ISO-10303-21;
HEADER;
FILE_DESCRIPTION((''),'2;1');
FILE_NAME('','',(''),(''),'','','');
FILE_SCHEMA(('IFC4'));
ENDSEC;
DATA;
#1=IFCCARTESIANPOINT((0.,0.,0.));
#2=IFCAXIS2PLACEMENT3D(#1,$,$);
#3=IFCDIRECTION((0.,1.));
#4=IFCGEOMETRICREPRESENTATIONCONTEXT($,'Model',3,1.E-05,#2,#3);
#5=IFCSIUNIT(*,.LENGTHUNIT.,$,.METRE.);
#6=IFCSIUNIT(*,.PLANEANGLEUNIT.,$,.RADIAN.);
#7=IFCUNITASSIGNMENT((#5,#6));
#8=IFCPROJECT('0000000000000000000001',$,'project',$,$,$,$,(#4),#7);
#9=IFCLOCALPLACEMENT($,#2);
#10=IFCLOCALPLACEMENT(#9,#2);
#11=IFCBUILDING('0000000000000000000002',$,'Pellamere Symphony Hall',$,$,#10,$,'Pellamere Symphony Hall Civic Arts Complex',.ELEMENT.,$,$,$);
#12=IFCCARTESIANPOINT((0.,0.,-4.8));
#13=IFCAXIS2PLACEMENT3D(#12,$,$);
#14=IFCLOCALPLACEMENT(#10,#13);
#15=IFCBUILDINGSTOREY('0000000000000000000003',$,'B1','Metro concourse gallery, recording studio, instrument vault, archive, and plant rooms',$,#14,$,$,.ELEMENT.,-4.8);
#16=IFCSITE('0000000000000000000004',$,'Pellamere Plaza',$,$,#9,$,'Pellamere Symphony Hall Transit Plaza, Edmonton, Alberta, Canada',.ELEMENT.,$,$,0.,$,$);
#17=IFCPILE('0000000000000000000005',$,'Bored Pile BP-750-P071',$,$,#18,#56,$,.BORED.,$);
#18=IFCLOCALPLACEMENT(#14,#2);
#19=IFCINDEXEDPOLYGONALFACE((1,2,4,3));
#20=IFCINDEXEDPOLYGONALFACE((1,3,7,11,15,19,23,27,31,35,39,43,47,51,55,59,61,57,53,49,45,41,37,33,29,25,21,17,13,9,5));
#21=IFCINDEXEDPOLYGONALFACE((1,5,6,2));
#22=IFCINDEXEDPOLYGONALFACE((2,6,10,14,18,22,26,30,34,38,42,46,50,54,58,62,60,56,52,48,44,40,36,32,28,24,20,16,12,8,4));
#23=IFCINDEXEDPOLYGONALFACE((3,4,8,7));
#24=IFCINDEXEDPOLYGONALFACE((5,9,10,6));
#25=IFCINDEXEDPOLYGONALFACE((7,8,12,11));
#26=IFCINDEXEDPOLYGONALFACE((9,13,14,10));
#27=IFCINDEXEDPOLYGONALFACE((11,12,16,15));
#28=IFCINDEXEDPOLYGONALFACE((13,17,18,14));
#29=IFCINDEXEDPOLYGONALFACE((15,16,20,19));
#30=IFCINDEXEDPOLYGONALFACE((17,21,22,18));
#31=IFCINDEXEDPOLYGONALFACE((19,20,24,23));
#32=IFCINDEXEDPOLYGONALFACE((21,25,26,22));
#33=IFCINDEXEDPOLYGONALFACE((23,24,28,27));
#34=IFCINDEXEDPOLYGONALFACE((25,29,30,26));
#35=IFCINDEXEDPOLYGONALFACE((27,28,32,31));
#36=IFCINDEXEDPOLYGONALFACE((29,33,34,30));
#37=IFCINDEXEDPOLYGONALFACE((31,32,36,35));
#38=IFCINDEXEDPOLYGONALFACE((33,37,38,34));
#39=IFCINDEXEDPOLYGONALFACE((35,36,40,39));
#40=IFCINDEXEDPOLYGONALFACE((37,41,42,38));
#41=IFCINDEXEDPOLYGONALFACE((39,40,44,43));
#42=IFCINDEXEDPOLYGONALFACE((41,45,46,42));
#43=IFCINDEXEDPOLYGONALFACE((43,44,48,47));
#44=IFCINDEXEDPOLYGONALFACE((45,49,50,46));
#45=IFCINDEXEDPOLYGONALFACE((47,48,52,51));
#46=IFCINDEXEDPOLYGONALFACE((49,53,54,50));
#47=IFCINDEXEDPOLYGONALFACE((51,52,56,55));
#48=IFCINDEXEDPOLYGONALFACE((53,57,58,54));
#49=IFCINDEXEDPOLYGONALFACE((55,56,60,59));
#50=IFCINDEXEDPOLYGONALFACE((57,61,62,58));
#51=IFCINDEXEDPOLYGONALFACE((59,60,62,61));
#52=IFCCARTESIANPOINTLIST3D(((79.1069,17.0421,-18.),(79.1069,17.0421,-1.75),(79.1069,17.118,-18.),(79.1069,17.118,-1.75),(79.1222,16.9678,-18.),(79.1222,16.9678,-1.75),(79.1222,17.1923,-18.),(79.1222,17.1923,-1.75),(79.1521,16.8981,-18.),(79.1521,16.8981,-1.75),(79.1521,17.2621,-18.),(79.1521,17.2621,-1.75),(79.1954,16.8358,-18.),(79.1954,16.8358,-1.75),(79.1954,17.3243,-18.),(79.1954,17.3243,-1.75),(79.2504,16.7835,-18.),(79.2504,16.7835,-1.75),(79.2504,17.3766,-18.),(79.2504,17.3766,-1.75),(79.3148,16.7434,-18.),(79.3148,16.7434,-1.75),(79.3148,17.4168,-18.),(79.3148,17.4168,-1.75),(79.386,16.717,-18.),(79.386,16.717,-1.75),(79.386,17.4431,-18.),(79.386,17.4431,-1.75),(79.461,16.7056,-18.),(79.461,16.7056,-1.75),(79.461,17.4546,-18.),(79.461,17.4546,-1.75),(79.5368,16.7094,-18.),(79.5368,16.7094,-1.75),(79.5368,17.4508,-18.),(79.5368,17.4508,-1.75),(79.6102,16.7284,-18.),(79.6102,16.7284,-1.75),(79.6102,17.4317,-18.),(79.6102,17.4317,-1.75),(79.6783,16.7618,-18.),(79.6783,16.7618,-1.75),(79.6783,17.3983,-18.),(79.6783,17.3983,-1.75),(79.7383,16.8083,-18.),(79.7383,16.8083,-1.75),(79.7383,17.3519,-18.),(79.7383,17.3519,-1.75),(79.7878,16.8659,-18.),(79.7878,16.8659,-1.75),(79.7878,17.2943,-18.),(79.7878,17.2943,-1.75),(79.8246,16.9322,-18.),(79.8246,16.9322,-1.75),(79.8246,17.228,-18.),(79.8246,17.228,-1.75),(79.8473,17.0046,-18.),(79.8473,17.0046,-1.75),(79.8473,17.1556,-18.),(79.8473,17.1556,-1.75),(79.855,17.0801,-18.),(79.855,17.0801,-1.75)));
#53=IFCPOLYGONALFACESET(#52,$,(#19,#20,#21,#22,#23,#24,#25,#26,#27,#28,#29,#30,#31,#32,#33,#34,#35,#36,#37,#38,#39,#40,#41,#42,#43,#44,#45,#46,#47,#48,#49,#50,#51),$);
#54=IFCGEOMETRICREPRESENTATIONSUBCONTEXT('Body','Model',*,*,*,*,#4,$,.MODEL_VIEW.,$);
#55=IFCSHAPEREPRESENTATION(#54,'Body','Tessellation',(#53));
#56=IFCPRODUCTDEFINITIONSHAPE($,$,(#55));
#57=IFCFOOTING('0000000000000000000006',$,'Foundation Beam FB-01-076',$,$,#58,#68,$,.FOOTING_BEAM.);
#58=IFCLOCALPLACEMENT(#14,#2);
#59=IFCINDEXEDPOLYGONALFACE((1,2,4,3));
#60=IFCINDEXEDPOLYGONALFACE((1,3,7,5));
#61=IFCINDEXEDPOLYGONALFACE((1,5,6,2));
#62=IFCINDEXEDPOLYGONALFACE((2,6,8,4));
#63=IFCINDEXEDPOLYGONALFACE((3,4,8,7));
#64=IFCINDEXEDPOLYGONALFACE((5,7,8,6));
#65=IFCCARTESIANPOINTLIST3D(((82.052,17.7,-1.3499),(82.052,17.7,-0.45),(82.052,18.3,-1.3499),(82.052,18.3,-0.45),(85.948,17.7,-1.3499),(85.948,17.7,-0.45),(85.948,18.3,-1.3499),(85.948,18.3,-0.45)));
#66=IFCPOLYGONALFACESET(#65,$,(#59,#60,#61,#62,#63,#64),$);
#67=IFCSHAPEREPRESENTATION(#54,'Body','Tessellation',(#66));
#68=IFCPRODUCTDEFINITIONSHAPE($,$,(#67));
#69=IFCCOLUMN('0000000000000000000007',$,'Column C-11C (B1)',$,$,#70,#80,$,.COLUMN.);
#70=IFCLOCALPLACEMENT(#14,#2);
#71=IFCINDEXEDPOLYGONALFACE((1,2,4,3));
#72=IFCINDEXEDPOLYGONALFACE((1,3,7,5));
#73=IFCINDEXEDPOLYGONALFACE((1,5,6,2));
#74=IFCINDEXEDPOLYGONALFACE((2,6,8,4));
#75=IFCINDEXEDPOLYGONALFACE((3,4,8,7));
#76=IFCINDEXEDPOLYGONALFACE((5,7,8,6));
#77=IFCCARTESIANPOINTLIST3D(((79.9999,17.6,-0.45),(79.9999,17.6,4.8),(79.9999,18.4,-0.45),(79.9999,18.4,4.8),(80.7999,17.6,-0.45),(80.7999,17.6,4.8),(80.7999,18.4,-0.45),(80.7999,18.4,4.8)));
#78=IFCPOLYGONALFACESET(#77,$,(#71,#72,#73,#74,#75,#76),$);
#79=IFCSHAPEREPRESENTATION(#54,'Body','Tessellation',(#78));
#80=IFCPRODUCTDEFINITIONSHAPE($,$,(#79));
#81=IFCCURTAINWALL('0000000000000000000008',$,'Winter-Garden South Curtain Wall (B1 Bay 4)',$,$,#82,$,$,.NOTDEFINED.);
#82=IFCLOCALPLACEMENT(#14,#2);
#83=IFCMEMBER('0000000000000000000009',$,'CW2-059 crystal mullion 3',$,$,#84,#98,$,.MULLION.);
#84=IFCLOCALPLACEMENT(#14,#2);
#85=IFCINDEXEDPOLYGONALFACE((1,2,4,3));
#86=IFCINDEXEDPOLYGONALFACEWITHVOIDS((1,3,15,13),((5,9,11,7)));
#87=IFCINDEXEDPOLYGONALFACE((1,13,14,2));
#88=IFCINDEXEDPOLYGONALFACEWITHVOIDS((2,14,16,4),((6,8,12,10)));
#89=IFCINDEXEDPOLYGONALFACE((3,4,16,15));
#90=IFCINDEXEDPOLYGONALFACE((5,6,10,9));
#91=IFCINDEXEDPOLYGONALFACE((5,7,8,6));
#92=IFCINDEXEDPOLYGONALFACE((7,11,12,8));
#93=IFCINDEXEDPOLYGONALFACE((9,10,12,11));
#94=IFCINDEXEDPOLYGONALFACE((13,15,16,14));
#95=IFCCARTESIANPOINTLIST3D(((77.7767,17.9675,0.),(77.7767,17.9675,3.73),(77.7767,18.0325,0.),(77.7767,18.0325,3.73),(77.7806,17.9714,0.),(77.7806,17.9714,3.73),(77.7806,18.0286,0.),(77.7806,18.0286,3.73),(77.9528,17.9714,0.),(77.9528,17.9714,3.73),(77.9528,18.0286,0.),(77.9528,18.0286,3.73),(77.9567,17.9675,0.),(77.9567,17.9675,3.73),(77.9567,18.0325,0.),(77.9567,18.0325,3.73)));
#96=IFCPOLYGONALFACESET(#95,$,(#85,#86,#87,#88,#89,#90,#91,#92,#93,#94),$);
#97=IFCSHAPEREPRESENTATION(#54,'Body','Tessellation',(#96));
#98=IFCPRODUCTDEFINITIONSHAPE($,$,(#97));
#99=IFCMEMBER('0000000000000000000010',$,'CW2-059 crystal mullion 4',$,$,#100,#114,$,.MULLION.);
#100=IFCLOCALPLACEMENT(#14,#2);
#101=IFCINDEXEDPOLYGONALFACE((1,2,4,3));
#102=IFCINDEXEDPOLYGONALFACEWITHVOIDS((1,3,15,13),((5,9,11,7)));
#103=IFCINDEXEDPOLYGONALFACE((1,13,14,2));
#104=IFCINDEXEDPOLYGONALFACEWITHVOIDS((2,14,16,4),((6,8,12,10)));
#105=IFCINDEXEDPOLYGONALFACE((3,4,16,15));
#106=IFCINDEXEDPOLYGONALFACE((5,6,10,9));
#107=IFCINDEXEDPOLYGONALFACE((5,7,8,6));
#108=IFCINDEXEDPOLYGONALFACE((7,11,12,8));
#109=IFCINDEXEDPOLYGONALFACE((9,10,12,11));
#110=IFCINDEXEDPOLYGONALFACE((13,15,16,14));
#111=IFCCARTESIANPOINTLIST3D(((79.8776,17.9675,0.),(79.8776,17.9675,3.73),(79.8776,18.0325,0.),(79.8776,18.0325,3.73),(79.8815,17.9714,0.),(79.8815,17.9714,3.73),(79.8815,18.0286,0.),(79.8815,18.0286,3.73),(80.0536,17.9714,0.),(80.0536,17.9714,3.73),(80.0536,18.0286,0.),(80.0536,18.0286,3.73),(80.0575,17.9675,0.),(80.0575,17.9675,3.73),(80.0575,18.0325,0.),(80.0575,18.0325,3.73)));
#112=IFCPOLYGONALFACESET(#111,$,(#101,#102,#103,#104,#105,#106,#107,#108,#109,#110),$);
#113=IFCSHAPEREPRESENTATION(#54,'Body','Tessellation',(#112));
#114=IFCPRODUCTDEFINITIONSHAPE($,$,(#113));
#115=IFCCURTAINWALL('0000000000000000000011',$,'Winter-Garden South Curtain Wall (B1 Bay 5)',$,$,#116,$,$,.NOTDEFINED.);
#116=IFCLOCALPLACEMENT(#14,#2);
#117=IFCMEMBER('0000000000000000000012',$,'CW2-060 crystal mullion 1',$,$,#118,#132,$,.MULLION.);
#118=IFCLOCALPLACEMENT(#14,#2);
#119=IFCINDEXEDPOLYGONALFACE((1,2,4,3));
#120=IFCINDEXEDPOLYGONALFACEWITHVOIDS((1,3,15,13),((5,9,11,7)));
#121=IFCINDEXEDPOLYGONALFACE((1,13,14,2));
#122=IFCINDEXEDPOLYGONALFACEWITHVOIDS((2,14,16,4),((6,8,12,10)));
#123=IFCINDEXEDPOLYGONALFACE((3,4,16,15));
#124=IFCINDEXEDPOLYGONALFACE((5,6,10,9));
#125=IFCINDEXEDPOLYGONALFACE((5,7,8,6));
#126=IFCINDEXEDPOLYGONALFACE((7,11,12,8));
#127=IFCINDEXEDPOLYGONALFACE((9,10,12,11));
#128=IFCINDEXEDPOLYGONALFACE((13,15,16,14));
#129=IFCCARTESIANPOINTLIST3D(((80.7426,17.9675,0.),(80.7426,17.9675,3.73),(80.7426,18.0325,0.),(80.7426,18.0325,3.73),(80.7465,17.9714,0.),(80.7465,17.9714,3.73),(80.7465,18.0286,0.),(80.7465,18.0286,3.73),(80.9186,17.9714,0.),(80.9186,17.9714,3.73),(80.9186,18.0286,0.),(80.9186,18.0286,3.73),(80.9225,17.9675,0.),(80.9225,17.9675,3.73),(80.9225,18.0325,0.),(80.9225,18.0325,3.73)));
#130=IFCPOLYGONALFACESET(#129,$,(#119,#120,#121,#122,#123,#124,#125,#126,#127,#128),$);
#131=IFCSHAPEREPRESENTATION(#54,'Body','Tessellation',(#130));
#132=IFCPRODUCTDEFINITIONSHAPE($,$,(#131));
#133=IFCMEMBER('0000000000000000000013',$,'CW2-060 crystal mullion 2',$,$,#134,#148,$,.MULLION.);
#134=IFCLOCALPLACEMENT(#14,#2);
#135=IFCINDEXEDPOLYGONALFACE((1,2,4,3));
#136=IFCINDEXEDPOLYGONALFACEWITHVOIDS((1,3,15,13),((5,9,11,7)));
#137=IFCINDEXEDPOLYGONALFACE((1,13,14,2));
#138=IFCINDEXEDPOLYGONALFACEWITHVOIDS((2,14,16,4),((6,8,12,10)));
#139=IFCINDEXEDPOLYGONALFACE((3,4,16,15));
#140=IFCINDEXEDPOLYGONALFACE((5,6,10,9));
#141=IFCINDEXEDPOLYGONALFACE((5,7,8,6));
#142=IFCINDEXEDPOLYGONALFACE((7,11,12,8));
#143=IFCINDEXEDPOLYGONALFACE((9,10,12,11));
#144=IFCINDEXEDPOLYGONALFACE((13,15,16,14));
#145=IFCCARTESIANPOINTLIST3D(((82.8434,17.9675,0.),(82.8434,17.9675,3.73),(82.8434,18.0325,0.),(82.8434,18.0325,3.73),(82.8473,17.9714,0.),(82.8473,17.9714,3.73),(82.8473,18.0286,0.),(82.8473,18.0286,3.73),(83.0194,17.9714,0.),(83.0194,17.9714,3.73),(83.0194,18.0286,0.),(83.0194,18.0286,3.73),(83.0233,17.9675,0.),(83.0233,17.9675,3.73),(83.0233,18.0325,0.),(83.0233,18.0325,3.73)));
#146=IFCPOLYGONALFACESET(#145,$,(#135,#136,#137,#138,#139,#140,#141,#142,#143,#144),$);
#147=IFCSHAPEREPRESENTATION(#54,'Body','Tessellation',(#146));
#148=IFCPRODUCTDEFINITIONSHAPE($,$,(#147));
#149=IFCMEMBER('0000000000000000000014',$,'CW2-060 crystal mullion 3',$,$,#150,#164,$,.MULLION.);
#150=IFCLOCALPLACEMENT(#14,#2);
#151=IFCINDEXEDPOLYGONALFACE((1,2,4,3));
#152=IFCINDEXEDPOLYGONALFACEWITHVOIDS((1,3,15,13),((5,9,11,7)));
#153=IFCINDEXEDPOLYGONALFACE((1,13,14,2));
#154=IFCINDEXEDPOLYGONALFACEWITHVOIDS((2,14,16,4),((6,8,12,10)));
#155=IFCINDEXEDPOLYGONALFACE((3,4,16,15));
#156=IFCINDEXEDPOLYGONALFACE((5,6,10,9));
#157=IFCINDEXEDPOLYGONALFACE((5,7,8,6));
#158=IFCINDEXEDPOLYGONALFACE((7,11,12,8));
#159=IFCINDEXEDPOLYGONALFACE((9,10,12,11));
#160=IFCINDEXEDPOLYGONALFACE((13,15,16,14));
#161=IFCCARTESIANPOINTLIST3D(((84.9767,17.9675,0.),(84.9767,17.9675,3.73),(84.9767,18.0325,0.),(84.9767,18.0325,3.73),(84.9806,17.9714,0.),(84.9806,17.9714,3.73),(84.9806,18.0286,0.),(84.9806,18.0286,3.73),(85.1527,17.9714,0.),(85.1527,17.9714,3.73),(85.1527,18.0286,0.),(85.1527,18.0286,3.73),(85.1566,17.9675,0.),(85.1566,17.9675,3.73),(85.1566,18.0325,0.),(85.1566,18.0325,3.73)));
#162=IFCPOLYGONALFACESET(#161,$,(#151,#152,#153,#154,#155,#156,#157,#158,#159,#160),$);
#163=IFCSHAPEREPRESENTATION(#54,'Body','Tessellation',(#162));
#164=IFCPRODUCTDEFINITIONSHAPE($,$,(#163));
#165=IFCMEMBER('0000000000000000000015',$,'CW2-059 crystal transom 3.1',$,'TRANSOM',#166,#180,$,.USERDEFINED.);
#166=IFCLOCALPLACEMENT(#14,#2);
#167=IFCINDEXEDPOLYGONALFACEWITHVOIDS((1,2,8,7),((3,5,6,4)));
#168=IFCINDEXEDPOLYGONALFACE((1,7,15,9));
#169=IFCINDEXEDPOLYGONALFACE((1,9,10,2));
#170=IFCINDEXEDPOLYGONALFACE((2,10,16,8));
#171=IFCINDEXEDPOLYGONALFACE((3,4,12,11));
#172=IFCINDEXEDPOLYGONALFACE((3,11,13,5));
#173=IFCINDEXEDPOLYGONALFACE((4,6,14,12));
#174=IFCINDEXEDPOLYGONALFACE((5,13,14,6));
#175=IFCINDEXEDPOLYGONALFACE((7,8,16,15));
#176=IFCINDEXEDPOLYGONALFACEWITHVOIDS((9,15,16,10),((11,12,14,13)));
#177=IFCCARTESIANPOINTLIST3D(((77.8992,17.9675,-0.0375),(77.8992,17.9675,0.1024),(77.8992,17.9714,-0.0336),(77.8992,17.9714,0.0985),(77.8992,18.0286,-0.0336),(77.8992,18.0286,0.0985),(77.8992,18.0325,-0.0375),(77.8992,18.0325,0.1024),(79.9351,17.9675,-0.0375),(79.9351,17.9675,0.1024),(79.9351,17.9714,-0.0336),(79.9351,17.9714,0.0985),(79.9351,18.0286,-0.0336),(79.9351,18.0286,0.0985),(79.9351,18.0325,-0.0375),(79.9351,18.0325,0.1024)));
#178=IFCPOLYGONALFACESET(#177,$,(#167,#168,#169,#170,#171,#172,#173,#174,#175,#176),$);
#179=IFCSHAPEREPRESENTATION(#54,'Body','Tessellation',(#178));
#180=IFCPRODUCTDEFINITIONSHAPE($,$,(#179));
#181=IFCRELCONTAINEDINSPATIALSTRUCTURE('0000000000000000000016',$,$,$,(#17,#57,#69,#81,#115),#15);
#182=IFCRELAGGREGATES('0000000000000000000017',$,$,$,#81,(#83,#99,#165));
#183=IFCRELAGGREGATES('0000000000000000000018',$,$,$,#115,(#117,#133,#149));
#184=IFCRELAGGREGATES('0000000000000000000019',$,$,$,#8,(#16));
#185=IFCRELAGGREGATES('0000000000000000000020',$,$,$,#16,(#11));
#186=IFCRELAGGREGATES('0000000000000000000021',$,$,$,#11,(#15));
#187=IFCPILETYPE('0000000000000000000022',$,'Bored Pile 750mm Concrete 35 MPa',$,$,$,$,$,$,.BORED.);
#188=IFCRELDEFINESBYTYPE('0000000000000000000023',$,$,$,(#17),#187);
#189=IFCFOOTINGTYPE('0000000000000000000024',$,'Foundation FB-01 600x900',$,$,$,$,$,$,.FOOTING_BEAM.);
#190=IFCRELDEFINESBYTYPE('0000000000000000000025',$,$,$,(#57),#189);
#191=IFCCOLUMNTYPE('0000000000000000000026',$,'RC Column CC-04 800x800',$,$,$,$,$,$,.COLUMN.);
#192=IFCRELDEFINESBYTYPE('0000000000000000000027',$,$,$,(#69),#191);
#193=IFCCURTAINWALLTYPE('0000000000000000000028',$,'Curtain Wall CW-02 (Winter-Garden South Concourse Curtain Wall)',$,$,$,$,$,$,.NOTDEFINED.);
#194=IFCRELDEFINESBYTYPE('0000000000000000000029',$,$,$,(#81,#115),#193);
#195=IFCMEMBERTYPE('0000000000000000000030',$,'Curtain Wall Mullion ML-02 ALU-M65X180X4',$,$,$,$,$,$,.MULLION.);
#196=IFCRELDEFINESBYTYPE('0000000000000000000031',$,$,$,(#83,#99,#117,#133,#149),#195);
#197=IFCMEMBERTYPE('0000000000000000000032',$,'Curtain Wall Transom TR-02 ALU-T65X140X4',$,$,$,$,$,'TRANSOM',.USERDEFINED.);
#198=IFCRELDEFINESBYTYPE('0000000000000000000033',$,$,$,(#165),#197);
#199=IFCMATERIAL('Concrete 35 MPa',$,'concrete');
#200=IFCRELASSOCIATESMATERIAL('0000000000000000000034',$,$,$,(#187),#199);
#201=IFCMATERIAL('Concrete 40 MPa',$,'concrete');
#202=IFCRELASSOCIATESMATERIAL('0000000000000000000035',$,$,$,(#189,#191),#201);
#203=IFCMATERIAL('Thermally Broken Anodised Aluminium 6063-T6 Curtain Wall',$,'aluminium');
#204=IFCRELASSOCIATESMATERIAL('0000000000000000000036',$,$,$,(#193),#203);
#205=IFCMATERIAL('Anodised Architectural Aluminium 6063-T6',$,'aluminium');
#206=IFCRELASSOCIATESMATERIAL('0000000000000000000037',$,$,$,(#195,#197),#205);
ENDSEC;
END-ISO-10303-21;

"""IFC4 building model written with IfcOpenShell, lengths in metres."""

from ifc_helpers import new_model, si_unit, direction, frame, origin, origin_2d, place, context, subcontext, project, spatial, rectangle, hollow_rectangle, circle, extrude, material, material_profile, profile_set, type_object, element, aggregate, save


model = new_model("IFC4")

# Units and contexts
model_context = context("Model", 3, precision=1e-05, world=origin(), true_north=direction((0.0, 1.0)))
body_context = subcontext(model_context, "Body", "Model", "MODEL_VIEW")
ifc_project = project(units=[si_unit("LENGTHUNIT", "METRE"), si_unit("PLANEANGLEUNIT", "RADIAN")], contexts=[model_context])

# Site, building, storey
site_placement = place(None, origin())
site = spatial("IfcSite", under=ifc_project, at=site_placement, Name="Pellamere Plaza", LongName="Pellamere Symphony Hall Transit Plaza, Edmonton, Alberta, Canada", CompositionType="ELEMENT", RefElevation=0.0)
building_placement = place(site_placement, origin())
building = spatial("IfcBuilding", under=site, at=building_placement, Name="Pellamere Symphony Hall", LongName="Pellamere Symphony Hall Civic Arts Complex", CompositionType="ELEMENT")
storey_placement = place(building_placement, frame((0.0, 0.0, -4.8)))
storey = spatial("IfcBuildingStorey", under=building, at=storey_placement, Name="B1", Description="Metro concourse gallery, recording studio, instrument vault, archive, and plant rooms", CompositionType="ELEMENT", Elevation=-4.8)

# Pile
ifc_material_1 = material(Name="Concrete 35 MPa", Category="concrete")
ifc_material_profile_1 = material_profile(ifc_material_1, circle(Radius=0.375, at=origin_2d()), Name="PILE D750")
ifc_profile_set_1 = profile_set([ifc_material_profile_1], Name="Concrete 35 MPa")
pile_type = type_object("IfcPileType", Name="Bored Pile 750mm Concrete 35 MPa", PredefinedType="BORED", material=ifc_profile_set_1)
pile_placement = place(storey_placement, frame((79.48, 17.0801, -1.75), z_axis=(0.0, 0.0, -1.0), x_axis=(1.0, 0.0, 0.0)))
element("IfcPile", 1, at=pile_placement, inside=storey, type_object=pile_type, Name="Bored Pile BP-750-P071", PredefinedType="BORED", context=body_context, shape_type="SweptSolid", body=[
    extrude(circle(Radius=0.375, at=origin_2d()), origin(), (0.0, 0.0, 1.0), 16.25),
])

# Footing
ifc_material_2 = material(Name="Concrete 40 MPa", Category="concrete")
ifc_material_profile_2 = material_profile(ifc_material_2, rectangle(XDim=0.6001, YDim=0.8999, at=origin_2d()), Name="RC 600x900")
ifc_profile_set_2 = profile_set([ifc_material_profile_2], Name="Concrete 40 MPa")
footing_type = type_object("IfcFootingType", Name="Foundation FB-01 600x900", PredefinedType="FOOTING_BEAM", material=ifc_profile_set_2)
footing_placement = place(storey_placement, frame((82.052, 18.0, -0.8999), z_axis=(1.0, 0.0, 0.0), x_axis=(0.0, 1.0, 0.0)))
element("IfcFooting", 2, at=footing_placement, inside=storey, type_object=footing_type, Name="Foundation Beam FB-01-076", PredefinedType="FOOTING_BEAM", context=body_context, shape_type="SweptSolid", body=[
    extrude(rectangle(XDim=0.6001, YDim=0.8999, at=origin_2d()), origin(), (0.0, 0.0, 1.0), 3.896),
])

# Column
ifc_material_profile_3 = material_profile(ifc_material_2, rectangle(XDim=0.8, YDim=0.8, at=origin_2d()), Name="RC 800x800")
ifc_profile_set_3 = profile_set([ifc_material_profile_3], Name="Concrete 40 MPa")
column_type = type_object("IfcColumnType", Name="RC Column CC-04 800x800", PredefinedType="COLUMN", material=ifc_profile_set_3)
column_placement = place(storey_placement, frame((80.3999, 18.0, -0.45), z_axis=(0.0, 0.0, 1.0), x_axis=(1.0, 0.0, 0.0)))
element("IfcColumn", 3, at=column_placement, inside=storey, type_object=column_type, Name="Column C-11C (B1)", PredefinedType="COLUMN", context=body_context, shape_type="SweptSolid", body=[
    extrude(rectangle(XDim=0.8, YDim=0.8, at=origin_2d()), origin(), (0.0, 0.0, 1.0), 5.25),
])

# Curtain walls, members
ifc_material_3 = material(Name="Thermally Broken Anodised Aluminium 6063-T6 Curtain Wall", Category="aluminium")
curtain_wall_type = type_object("IfcCurtainWallType", Name="Curtain Wall CW-02 (Winter-Garden South Concourse Curtain Wall)", PredefinedType="NOTDEFINED", material=ifc_material_3)
curtain_wall_1_placement = place(storey_placement, origin())
curtain_wall_1 = element("IfcCurtainWall", 4, at=curtain_wall_1_placement, inside=storey, type_object=curtain_wall_type, Name="Winter-Garden South Curtain Wall (B1 Bay 4)", PredefinedType="NOTDEFINED")
ifc_material_4 = material(Name="Anodised Architectural Aluminium 6063-T6", Category="aluminium")
ifc_material_profile_4 = material_profile(ifc_material_4, hollow_rectangle(XDim=0.0649, YDim=0.1799, WallThickness=0.0039, at=origin_2d()), Name="ALU-M65X180X4")
ifc_profile_set_4 = profile_set([ifc_material_profile_4], Name="Anodised Architectural Aluminium 6063-T6")
member_type_1 = type_object("IfcMemberType", Name="Curtain Wall Mullion ML-02 ALU-M65X180X4", PredefinedType="MULLION", material=ifc_profile_set_4)
member_1_placement = place(storey_placement, frame((77.8667, 18.0, 0.0), z_axis=(0.0, 0.0, 1.0), x_axis=(0.0, 1.0, 0.0)))
member_1 = element("IfcMember", 5, at=member_1_placement, type_object=member_type_1, Name="CW2-059 crystal mullion 3", PredefinedType="MULLION", context=body_context, shape_type="SweptSolid", body=[
    extrude(hollow_rectangle(XDim=0.0649, YDim=0.1799, WallThickness=0.0039, at=origin_2d()), origin(), (0.0, 0.0, 1.0), 3.73),
])
member_2_placement = place(storey_placement, frame((79.9675, 18.0, 0.0), z_axis=(0.0, 0.0, 1.0), x_axis=(0.0, 1.0, 0.0)))
member_2 = element("IfcMember", 6, at=member_2_placement, type_object=member_type_1, Name="CW2-059 crystal mullion 4", PredefinedType="MULLION", context=body_context, shape_type="SweptSolid", body=[
    extrude(hollow_rectangle(XDim=0.0649, YDim=0.1799, WallThickness=0.0039, at=origin_2d()), origin(), (0.0, 0.0, 1.0), 3.73),
])
curtain_wall_2_placement = place(storey_placement, origin())
curtain_wall_2 = element("IfcCurtainWall", 7, at=curtain_wall_2_placement, inside=storey, type_object=curtain_wall_type, Name="Winter-Garden South Curtain Wall (B1 Bay 5)", PredefinedType="NOTDEFINED")
member_3_placement = place(storey_placement, frame((80.8325, 18.0, 0.0), z_axis=(0.0, 0.0, 1.0), x_axis=(0.0, 1.0, 0.0)))
member_3 = element("IfcMember", 8, at=member_3_placement, type_object=member_type_1, Name="CW2-060 crystal mullion 1", PredefinedType="MULLION", context=body_context, shape_type="SweptSolid", body=[
    extrude(hollow_rectangle(XDim=0.0649, YDim=0.1799, WallThickness=0.0039, at=origin_2d()), origin(), (0.0, 0.0, 1.0), 3.73),
])
member_4_placement = place(storey_placement, frame((82.9333, 18.0, 0.0), z_axis=(0.0, 0.0, 1.0), x_axis=(0.0, 1.0, 0.0)))
member_4 = element("IfcMember", 9, at=member_4_placement, type_object=member_type_1, Name="CW2-060 crystal mullion 2", PredefinedType="MULLION", context=body_context, shape_type="SweptSolid", body=[
    extrude(hollow_rectangle(XDim=0.0649, YDim=0.1799, WallThickness=0.0039, at=origin_2d()), origin(), (0.0, 0.0, 1.0), 3.73),
])
member_5_placement = place(storey_placement, frame((85.0667, 18.0, 0.0), z_axis=(0.0, 0.0, 1.0), x_axis=(0.0, 1.0, 0.0)))
member_5 = element("IfcMember", 10, at=member_5_placement, type_object=member_type_1, Name="CW2-060 crystal mullion 3", PredefinedType="MULLION", context=body_context, shape_type="SweptSolid", body=[
    extrude(hollow_rectangle(XDim=0.0649, YDim=0.1799, WallThickness=0.0039, at=origin_2d()), origin(), (0.0, 0.0, 1.0), 3.73),
])

# Member
ifc_material_profile_5 = material_profile(ifc_material_4, hollow_rectangle(XDim=0.0649, YDim=0.1399, WallThickness=0.0039, at=origin_2d()), Name="ALU-T65X140X4")
ifc_profile_set_5 = profile_set([ifc_material_profile_5], Name="Anodised Architectural Aluminium 6063-T6")
member_type_2 = type_object("IfcMemberType", Name="Curtain Wall Transom TR-02 ALU-T65X140X4", ElementType="TRANSOM", PredefinedType="USERDEFINED", material=ifc_profile_set_5)
member_6_placement = place(storey_placement, frame((77.8992, 18.0, 0.0325), z_axis=(1.0, 0.0, 0.0), x_axis=(0.0, 1.0, 0.0)))
member_6 = element("IfcMember", 11, at=member_6_placement, type_object=member_type_2, Name="CW2-059 crystal transom 3.1", ObjectType="TRANSOM", PredefinedType="USERDEFINED", context=body_context, shape_type="SweptSolid", body=[
    extrude(hollow_rectangle(XDim=0.0649, YDim=0.1399, WallThickness=0.0039, at=origin_2d()), origin(), (0.0, 0.0, 1.0), 2.0359),
])

aggregate(curtain_wall_1, [member_1, member_2, member_6])
aggregate(curtain_wall_2, [member_3, member_4, member_5])

save(model, "model.ifc")
